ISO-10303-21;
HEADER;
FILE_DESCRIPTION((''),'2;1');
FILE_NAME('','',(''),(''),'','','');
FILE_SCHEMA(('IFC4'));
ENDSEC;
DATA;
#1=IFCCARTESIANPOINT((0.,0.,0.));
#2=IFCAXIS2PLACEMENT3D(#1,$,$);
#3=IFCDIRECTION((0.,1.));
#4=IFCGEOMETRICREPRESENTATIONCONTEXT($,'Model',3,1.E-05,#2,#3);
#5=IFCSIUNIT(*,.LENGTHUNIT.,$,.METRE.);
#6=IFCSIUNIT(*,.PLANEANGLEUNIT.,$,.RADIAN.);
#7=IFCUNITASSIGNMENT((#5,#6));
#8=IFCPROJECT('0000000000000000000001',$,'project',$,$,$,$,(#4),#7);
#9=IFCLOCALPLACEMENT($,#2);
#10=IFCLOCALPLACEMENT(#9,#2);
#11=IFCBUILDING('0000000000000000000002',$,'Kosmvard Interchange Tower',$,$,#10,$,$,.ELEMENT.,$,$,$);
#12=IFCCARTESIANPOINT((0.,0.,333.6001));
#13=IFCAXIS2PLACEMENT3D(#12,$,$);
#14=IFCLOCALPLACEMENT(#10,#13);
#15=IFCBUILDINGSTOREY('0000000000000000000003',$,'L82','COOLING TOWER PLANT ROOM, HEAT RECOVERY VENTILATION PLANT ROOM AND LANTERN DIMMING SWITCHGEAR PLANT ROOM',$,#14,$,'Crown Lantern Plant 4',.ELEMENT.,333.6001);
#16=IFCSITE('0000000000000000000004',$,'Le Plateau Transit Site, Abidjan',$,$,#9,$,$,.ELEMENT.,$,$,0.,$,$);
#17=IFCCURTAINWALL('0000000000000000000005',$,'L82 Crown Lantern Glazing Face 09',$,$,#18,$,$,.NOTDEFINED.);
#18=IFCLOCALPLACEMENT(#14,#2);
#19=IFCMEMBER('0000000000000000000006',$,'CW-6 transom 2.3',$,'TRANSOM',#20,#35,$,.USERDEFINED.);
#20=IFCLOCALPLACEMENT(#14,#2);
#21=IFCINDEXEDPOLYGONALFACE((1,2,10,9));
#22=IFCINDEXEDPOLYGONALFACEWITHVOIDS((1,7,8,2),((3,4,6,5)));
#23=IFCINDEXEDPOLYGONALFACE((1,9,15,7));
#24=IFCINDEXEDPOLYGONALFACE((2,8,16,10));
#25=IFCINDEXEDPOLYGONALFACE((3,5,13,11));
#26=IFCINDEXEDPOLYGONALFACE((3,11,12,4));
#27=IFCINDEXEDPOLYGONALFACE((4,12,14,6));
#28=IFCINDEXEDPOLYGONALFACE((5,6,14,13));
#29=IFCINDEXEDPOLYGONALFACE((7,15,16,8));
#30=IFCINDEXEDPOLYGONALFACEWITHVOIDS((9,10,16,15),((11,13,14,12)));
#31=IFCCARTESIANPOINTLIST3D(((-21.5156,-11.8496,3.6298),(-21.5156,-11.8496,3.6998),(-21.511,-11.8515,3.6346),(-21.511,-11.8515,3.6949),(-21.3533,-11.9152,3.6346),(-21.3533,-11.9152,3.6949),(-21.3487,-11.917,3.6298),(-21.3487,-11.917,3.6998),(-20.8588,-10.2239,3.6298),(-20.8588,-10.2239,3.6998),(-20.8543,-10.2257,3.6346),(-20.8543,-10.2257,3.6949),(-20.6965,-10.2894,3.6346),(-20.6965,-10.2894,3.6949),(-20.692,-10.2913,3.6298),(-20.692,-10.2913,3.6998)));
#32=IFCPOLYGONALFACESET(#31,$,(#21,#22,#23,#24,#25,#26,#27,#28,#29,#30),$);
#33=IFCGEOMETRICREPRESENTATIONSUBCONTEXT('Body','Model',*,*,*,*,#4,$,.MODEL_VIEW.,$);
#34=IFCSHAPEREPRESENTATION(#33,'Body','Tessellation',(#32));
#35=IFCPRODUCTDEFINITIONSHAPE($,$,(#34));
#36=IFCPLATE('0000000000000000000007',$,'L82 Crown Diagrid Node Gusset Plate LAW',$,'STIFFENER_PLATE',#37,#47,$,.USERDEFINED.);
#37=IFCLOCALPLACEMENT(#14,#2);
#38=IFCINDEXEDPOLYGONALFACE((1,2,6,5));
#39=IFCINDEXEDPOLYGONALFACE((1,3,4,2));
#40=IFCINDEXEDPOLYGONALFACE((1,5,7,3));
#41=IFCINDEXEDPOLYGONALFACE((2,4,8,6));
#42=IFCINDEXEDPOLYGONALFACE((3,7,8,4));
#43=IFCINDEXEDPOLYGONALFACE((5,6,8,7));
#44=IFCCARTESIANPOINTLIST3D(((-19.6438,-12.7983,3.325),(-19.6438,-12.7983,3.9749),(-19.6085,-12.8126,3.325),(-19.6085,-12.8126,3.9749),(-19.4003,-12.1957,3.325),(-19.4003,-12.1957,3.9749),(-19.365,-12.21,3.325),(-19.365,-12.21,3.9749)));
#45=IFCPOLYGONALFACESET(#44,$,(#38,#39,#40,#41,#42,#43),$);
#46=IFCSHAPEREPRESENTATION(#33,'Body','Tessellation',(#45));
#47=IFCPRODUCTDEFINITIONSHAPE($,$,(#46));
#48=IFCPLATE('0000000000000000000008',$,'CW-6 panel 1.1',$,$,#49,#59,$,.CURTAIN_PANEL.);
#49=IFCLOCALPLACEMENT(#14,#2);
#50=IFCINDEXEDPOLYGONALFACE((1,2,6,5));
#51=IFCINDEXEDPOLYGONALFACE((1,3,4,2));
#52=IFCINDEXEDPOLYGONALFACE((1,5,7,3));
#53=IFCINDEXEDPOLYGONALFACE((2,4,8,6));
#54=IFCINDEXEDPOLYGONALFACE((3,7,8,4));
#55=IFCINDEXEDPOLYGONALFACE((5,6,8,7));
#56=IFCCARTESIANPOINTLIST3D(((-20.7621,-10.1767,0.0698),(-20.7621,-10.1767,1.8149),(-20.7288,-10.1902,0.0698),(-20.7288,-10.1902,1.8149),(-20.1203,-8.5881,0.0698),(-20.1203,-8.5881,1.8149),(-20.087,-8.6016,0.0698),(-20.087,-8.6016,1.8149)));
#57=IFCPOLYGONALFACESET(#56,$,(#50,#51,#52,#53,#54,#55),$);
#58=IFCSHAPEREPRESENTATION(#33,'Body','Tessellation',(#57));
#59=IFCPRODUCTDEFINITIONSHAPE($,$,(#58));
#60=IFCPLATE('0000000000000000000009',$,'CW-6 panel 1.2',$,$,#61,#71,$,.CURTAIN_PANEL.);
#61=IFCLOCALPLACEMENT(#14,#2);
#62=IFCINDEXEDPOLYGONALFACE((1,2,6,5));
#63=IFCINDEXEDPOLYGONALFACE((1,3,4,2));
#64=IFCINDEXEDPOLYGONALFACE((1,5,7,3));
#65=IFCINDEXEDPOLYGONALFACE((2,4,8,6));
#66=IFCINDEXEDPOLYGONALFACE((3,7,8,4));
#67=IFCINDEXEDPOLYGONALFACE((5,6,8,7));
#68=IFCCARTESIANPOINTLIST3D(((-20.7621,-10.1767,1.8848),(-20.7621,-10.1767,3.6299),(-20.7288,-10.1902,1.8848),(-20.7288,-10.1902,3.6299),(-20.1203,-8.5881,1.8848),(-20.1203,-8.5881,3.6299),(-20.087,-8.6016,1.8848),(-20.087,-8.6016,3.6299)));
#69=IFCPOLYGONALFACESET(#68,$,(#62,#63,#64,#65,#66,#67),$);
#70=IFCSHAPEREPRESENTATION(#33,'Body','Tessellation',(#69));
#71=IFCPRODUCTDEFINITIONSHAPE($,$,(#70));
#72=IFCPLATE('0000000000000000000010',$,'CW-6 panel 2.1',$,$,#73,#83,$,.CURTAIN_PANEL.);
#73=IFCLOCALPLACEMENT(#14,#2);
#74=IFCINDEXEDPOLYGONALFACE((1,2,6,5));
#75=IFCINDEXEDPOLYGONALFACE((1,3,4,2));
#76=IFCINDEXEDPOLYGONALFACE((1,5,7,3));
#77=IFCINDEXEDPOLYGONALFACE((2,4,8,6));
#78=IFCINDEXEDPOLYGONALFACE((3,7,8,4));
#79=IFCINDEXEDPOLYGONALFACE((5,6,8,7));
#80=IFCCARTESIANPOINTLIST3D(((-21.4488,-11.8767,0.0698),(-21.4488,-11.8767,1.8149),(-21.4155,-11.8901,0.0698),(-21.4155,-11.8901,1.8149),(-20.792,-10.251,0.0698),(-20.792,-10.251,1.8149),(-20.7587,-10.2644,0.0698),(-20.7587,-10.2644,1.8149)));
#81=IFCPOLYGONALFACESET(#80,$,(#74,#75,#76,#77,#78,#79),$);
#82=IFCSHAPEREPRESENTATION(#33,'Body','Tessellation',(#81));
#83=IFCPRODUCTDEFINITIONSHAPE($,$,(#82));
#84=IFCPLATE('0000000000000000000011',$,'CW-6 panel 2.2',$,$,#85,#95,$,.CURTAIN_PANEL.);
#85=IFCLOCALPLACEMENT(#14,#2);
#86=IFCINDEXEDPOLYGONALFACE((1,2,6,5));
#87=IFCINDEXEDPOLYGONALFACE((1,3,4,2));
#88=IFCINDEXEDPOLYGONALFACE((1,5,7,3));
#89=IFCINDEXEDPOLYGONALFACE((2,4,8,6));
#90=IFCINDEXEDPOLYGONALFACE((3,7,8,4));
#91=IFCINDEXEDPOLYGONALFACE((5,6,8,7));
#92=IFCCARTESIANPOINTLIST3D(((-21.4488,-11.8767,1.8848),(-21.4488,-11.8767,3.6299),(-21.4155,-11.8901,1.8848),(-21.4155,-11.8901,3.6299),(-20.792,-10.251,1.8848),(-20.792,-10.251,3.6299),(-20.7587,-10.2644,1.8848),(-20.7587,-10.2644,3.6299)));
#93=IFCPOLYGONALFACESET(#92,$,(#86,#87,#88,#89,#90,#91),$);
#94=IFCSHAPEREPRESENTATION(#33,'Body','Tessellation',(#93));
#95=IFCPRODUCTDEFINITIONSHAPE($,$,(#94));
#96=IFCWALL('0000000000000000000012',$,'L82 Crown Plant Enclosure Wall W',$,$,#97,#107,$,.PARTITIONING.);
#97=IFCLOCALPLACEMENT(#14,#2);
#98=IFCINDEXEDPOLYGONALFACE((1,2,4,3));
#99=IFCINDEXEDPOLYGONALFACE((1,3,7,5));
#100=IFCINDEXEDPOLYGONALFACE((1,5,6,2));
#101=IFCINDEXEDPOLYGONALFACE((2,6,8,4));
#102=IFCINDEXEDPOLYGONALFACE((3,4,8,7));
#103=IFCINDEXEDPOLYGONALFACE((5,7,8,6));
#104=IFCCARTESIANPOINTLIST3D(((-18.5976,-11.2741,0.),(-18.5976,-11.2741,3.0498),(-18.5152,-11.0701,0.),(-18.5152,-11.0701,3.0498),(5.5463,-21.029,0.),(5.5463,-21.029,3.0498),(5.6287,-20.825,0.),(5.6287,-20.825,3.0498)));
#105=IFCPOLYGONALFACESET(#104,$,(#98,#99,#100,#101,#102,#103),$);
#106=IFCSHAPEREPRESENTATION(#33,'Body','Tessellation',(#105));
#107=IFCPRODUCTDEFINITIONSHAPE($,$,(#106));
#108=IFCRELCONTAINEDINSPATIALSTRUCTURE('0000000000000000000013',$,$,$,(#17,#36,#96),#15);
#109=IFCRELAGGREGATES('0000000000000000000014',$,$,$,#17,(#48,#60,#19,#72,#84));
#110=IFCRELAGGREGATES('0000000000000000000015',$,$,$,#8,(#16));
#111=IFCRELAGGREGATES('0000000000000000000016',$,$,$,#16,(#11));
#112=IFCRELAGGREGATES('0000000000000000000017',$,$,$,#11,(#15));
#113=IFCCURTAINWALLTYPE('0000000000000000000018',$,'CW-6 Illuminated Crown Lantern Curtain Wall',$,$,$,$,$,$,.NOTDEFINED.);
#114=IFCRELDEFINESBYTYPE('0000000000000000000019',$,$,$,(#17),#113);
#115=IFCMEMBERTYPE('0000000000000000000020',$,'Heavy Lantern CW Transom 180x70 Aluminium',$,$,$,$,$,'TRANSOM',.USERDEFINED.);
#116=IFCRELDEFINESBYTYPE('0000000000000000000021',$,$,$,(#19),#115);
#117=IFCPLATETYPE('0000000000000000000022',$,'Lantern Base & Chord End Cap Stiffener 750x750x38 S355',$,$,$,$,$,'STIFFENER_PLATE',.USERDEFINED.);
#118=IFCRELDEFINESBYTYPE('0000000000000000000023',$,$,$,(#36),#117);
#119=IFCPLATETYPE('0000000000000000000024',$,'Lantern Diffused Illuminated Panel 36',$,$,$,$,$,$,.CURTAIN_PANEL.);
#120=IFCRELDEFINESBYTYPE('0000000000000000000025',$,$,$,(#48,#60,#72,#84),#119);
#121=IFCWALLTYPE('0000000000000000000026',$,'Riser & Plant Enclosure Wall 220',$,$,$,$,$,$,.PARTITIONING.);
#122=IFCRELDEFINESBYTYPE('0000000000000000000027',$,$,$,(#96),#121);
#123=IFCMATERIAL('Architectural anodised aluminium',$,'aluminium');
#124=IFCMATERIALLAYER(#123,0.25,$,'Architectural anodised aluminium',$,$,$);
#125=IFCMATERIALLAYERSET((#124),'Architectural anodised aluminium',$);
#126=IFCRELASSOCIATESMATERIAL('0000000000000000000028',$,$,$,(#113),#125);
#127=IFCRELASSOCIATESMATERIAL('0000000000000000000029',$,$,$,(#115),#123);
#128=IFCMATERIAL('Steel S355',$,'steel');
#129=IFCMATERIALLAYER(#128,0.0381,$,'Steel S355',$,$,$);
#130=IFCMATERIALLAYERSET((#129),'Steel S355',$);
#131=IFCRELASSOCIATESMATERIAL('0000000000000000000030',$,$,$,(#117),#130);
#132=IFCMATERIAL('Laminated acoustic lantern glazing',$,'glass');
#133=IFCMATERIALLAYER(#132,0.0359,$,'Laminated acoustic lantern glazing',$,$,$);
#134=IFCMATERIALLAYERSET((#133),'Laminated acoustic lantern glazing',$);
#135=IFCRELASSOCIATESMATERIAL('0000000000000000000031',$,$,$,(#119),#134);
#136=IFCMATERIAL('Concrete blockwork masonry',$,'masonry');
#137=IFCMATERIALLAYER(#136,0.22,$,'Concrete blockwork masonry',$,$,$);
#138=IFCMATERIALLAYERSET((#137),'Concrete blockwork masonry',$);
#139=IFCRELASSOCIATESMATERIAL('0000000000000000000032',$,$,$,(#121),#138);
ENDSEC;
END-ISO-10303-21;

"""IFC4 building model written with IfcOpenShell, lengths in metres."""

from ifc_helpers import new_model, si_unit, direction, frame, frame_2d, origin, origin_2d, place, context, subcontext, project, spatial, rectangle, hollow_rectangle, extrude, source, transform, mapped, material, layer, layer_set, material_profile, profile_set, type_object, element, aggregate, save


model = new_model("IFC4")

# Units and contexts
model_context = context("Model", 3, precision=1e-05, world=origin(), true_north=direction((0.0, 1.0)))
body_context = subcontext(model_context, "Body", "Model", "MODEL_VIEW")
ifc_project = project(units=[si_unit("LENGTHUNIT", "METRE"), si_unit("PLANEANGLEUNIT", "RADIAN")], contexts=[model_context])

# Site, building, storey
site_placement = place(None, origin())
site = spatial("IfcSite", under=ifc_project, at=site_placement, Name="Le Plateau Transit Site, Abidjan", CompositionType="ELEMENT", RefElevation=0.0)
building_placement = place(site_placement, origin())
building = spatial("IfcBuilding", under=site, at=building_placement, Name="Kosmvard Interchange Tower", CompositionType="ELEMENT")
storey_placement = place(building_placement, frame((0.0, 0.0, 333.6001)))
storey = spatial("IfcBuildingStorey", under=building, at=storey_placement, Name="L82", Description="COOLING TOWER PLANT ROOM, HEAT RECOVERY VENTILATION PLANT ROOM AND LANTERN DIMMING SWITCHGEAR PLANT ROOM", LongName="Crown Lantern Plant 4", CompositionType="ELEMENT", Elevation=333.6001)

# Shared definitions
ifc_material_1 = material(Name="Steel S355", Category="steel")

# Shared definitions
ifc_material_2 = material(Name="Architectural anodised aluminium", Category="aluminium")
ifc_layer_1 = layer(ifc_material_2, 0.25, Name="Architectural anodised aluminium")
ifc_layer_set_1 = layer_set([ifc_layer_1], Name="Architectural anodised aluminium")
curtain_wall_type = type_object("IfcCurtainWallType", Name="CW-6 Illuminated Crown Lantern Curtain Wall", PredefinedType="NOTDEFINED", material=ifc_layer_set_1)

# Curtain wall, member
curtain_wall_1_placement = place(storey_placement, origin())
curtain_wall_1 = element("IfcCurtainWall", 1, at=curtain_wall_1_placement, inside=storey, type_object=curtain_wall_type, Name="L82 Crown Lantern Glazing Face 09", PredefinedType="NOTDEFINED")
ifc_material_profile_1 = material_profile(ifc_material_2, hollow_rectangle(XDim=0.1799, YDim=0.0701, WallThickness=0.0049, at=origin_2d()), Name="CWT 180x70x5")
ifc_profile_set_1 = profile_set([ifc_material_profile_1], Name="Architectural anodised aluminium")
member_type_1 = type_object("IfcMemberType", Name="Heavy Lantern CW Transom 180x70 Aluminium", ElementType="TRANSOM", PredefinedType="USERDEFINED", material=ifc_profile_set_1)
shared_shape_1 = source(origin(), body_context, "Body", "SweptSolid", [
    extrude(hollow_rectangle(XDim=0.1799, YDim=0.0701, WallThickness=0.0049, at=origin_2d()), origin(), (0.0, 0.0, 1.0), 1.7534),
])
member_1_placement = place(storey_placement, frame((-20.7754, -10.2576, 3.6648), z_axis=(-0.374557, -0.927204, 0.0), x_axis=(0.927204, -0.374557, 0.0)))
member_1 = element("IfcMember", 2, at=member_1_placement, type_object=member_type_1, Name="CW-6 transom 2.3", ObjectType="TRANSOM", PredefinedType="USERDEFINED", context=body_context, shape_type="MappedRepresentation", body=[
    mapped(shared_shape_1, transform((0.0, 0.0, 0.0), scale=1.0)),
])

# Plates
ifc_layer_2 = layer(ifc_material_1, 0.0381, Name="Steel S355")
ifc_layer_set_2 = layer_set([ifc_layer_2], Name="Steel S355")
plate_type_1 = type_object("IfcPlateType", Name="Lantern Base & Chord End Cap Stiffener 750x750x38 S355", ElementType="STIFFENER_PLATE", PredefinedType="USERDEFINED", material=ifc_layer_set_2)
shared_shape_2 = source(origin(), body_context, "Body", "SweptSolid", [
    extrude(rectangle(XDim=0.6499, YDim=0.0381, at=origin_2d()), origin(), (0.0, 0.0, 1.0), 0.6499),
])
plate_1_placement = place(storey_placement, frame((-19.5044, -12.5042, 3.325), z_axis=(0.0, 0.0, 1.0), x_axis=(0.374607, 0.927184, 0.0)))
element("IfcPlate", 3, at=plate_1_placement, inside=storey, type_object=plate_type_1, Name="L82 Crown Diagrid Node Gusset Plate LAW", ObjectType="STIFFENER_PLATE", PredefinedType="USERDEFINED", context=body_context, shape_type="MappedRepresentation", body=[
    mapped(shared_shape_2, transform((0.0, 0.0, 0.0), scale=1.0)),
])
ifc_material_3 = material(Name="Laminated acoustic lantern glazing", Category="glass")
ifc_layer_3 = layer(ifc_material_3, 0.0359, Name="Laminated acoustic lantern glazing")
ifc_layer_set_3 = layer_set([ifc_layer_3], Name="Laminated acoustic lantern glazing")
plate_type_2 = type_object("IfcPlateType", Name="Lantern Diffused Illuminated Panel 36", PredefinedType="CURTAIN_PANEL", material=ifc_layer_set_3)
shared_shape_3 = source(origin(), body_context, "Body", "SweptSolid", [
    extrude(rectangle(XDim=1.7134, YDim=0.0359, at=origin_2d()), origin(), (0.0, 0.0, 1.0), 1.7451),
])
plate_2_placement = place(storey_placement, frame((-20.4246, -9.3892, 0.0698), z_axis=(0.0, 0.0, 1.0), x_axis=(-0.374607, -0.927184, 0.0)))
plate_2 = element("IfcPlate", 4, at=plate_2_placement, type_object=plate_type_2, Name="CW-6 panel 1.1", PredefinedType="CURTAIN_PANEL", context=body_context, shape_type="MappedRepresentation", body=[
    mapped(shared_shape_3, transform((0.0, 0.0, 0.0), scale=1.0)),
])
plate_3_placement = place(storey_placement, frame((-20.4246, -9.3892, 1.8848), z_axis=(0.0, 0.0, 1.0), x_axis=(-0.374607, -0.927184, 0.0)))
plate_3 = element("IfcPlate", 5, at=plate_3_placement, type_object=plate_type_2, Name="CW-6 panel 1.2", PredefinedType="CURTAIN_PANEL", context=body_context, shape_type="MappedRepresentation", body=[
    mapped(shared_shape_3, transform((0.0, 0.0, 0.0), scale=1.0)),
])
shared_shape_4 = source(origin(), body_context, "Body", "SweptSolid", [
    extrude(rectangle(XDim=1.7534, YDim=0.0359, at=origin_2d()), origin(), (0.0, 0.0, 1.0), 1.7451),
])
plate_4_placement = place(storey_placement, frame((-21.1038, -11.0706, 0.0698), z_axis=(0.0, 0.0, 1.0), x_axis=(-0.374607, -0.927184, 0.0)))
plate_4 = element("IfcPlate", 6, at=plate_4_placement, type_object=plate_type_2, Name="CW-6 panel 2.1", PredefinedType="CURTAIN_PANEL", context=body_context, shape_type="MappedRepresentation", body=[
    mapped(shared_shape_4, transform((0.0, 0.0, 0.0), scale=1.0)),
])
plate_5_placement = place(storey_placement, frame((-21.1038, -11.0706, 1.8848), z_axis=(0.0, 0.0, 1.0), x_axis=(-0.374607, -0.927184, 0.0)))
plate_5 = element("IfcPlate", 7, at=plate_5_placement, type_object=plate_type_2, Name="CW-6 panel 2.2", PredefinedType="CURTAIN_PANEL", context=body_context, shape_type="MappedRepresentation", body=[
    mapped(shared_shape_4, transform((0.0, 0.0, 0.0), scale=1.0)),
])
aggregate(curtain_wall_1, [plate_2, plate_3, member_1, plate_4, plate_5])

# Wall
ifc_material_4 = material(Name="Concrete blockwork masonry", Category="masonry")
ifc_layer_4 = layer(ifc_material_4, 0.22, Name="Concrete blockwork masonry")
ifc_layer_set_4 = layer_set([ifc_layer_4], Name="Concrete blockwork masonry")
wall_type = type_object("IfcWallType", Name="Riser & Plant Enclosure Wall 220", PredefinedType="PARTITIONING", material=ifc_layer_set_4)
wall_placement = place(storey_placement, frame((-18.5564, -11.1721, 0.0), z_axis=(0.0, 0.0, 1.0), x_axis=(0.927182, -0.374612, 0.0)))
element("IfcWall", 8, at=wall_placement, inside=storey, type_object=wall_type, Name="L82 Crown Plant Enclosure Wall W", PredefinedType="PARTITIONING", context=body_context, shape_type="SweptSolid", body=[
    extrude(rectangle(XDim=26.04, YDim=0.22, at=frame_2d((13.02, 0.0))), origin(), (0.0, 0.0, 1.0), 3.0498),
])

save(model, "model.ifc")
